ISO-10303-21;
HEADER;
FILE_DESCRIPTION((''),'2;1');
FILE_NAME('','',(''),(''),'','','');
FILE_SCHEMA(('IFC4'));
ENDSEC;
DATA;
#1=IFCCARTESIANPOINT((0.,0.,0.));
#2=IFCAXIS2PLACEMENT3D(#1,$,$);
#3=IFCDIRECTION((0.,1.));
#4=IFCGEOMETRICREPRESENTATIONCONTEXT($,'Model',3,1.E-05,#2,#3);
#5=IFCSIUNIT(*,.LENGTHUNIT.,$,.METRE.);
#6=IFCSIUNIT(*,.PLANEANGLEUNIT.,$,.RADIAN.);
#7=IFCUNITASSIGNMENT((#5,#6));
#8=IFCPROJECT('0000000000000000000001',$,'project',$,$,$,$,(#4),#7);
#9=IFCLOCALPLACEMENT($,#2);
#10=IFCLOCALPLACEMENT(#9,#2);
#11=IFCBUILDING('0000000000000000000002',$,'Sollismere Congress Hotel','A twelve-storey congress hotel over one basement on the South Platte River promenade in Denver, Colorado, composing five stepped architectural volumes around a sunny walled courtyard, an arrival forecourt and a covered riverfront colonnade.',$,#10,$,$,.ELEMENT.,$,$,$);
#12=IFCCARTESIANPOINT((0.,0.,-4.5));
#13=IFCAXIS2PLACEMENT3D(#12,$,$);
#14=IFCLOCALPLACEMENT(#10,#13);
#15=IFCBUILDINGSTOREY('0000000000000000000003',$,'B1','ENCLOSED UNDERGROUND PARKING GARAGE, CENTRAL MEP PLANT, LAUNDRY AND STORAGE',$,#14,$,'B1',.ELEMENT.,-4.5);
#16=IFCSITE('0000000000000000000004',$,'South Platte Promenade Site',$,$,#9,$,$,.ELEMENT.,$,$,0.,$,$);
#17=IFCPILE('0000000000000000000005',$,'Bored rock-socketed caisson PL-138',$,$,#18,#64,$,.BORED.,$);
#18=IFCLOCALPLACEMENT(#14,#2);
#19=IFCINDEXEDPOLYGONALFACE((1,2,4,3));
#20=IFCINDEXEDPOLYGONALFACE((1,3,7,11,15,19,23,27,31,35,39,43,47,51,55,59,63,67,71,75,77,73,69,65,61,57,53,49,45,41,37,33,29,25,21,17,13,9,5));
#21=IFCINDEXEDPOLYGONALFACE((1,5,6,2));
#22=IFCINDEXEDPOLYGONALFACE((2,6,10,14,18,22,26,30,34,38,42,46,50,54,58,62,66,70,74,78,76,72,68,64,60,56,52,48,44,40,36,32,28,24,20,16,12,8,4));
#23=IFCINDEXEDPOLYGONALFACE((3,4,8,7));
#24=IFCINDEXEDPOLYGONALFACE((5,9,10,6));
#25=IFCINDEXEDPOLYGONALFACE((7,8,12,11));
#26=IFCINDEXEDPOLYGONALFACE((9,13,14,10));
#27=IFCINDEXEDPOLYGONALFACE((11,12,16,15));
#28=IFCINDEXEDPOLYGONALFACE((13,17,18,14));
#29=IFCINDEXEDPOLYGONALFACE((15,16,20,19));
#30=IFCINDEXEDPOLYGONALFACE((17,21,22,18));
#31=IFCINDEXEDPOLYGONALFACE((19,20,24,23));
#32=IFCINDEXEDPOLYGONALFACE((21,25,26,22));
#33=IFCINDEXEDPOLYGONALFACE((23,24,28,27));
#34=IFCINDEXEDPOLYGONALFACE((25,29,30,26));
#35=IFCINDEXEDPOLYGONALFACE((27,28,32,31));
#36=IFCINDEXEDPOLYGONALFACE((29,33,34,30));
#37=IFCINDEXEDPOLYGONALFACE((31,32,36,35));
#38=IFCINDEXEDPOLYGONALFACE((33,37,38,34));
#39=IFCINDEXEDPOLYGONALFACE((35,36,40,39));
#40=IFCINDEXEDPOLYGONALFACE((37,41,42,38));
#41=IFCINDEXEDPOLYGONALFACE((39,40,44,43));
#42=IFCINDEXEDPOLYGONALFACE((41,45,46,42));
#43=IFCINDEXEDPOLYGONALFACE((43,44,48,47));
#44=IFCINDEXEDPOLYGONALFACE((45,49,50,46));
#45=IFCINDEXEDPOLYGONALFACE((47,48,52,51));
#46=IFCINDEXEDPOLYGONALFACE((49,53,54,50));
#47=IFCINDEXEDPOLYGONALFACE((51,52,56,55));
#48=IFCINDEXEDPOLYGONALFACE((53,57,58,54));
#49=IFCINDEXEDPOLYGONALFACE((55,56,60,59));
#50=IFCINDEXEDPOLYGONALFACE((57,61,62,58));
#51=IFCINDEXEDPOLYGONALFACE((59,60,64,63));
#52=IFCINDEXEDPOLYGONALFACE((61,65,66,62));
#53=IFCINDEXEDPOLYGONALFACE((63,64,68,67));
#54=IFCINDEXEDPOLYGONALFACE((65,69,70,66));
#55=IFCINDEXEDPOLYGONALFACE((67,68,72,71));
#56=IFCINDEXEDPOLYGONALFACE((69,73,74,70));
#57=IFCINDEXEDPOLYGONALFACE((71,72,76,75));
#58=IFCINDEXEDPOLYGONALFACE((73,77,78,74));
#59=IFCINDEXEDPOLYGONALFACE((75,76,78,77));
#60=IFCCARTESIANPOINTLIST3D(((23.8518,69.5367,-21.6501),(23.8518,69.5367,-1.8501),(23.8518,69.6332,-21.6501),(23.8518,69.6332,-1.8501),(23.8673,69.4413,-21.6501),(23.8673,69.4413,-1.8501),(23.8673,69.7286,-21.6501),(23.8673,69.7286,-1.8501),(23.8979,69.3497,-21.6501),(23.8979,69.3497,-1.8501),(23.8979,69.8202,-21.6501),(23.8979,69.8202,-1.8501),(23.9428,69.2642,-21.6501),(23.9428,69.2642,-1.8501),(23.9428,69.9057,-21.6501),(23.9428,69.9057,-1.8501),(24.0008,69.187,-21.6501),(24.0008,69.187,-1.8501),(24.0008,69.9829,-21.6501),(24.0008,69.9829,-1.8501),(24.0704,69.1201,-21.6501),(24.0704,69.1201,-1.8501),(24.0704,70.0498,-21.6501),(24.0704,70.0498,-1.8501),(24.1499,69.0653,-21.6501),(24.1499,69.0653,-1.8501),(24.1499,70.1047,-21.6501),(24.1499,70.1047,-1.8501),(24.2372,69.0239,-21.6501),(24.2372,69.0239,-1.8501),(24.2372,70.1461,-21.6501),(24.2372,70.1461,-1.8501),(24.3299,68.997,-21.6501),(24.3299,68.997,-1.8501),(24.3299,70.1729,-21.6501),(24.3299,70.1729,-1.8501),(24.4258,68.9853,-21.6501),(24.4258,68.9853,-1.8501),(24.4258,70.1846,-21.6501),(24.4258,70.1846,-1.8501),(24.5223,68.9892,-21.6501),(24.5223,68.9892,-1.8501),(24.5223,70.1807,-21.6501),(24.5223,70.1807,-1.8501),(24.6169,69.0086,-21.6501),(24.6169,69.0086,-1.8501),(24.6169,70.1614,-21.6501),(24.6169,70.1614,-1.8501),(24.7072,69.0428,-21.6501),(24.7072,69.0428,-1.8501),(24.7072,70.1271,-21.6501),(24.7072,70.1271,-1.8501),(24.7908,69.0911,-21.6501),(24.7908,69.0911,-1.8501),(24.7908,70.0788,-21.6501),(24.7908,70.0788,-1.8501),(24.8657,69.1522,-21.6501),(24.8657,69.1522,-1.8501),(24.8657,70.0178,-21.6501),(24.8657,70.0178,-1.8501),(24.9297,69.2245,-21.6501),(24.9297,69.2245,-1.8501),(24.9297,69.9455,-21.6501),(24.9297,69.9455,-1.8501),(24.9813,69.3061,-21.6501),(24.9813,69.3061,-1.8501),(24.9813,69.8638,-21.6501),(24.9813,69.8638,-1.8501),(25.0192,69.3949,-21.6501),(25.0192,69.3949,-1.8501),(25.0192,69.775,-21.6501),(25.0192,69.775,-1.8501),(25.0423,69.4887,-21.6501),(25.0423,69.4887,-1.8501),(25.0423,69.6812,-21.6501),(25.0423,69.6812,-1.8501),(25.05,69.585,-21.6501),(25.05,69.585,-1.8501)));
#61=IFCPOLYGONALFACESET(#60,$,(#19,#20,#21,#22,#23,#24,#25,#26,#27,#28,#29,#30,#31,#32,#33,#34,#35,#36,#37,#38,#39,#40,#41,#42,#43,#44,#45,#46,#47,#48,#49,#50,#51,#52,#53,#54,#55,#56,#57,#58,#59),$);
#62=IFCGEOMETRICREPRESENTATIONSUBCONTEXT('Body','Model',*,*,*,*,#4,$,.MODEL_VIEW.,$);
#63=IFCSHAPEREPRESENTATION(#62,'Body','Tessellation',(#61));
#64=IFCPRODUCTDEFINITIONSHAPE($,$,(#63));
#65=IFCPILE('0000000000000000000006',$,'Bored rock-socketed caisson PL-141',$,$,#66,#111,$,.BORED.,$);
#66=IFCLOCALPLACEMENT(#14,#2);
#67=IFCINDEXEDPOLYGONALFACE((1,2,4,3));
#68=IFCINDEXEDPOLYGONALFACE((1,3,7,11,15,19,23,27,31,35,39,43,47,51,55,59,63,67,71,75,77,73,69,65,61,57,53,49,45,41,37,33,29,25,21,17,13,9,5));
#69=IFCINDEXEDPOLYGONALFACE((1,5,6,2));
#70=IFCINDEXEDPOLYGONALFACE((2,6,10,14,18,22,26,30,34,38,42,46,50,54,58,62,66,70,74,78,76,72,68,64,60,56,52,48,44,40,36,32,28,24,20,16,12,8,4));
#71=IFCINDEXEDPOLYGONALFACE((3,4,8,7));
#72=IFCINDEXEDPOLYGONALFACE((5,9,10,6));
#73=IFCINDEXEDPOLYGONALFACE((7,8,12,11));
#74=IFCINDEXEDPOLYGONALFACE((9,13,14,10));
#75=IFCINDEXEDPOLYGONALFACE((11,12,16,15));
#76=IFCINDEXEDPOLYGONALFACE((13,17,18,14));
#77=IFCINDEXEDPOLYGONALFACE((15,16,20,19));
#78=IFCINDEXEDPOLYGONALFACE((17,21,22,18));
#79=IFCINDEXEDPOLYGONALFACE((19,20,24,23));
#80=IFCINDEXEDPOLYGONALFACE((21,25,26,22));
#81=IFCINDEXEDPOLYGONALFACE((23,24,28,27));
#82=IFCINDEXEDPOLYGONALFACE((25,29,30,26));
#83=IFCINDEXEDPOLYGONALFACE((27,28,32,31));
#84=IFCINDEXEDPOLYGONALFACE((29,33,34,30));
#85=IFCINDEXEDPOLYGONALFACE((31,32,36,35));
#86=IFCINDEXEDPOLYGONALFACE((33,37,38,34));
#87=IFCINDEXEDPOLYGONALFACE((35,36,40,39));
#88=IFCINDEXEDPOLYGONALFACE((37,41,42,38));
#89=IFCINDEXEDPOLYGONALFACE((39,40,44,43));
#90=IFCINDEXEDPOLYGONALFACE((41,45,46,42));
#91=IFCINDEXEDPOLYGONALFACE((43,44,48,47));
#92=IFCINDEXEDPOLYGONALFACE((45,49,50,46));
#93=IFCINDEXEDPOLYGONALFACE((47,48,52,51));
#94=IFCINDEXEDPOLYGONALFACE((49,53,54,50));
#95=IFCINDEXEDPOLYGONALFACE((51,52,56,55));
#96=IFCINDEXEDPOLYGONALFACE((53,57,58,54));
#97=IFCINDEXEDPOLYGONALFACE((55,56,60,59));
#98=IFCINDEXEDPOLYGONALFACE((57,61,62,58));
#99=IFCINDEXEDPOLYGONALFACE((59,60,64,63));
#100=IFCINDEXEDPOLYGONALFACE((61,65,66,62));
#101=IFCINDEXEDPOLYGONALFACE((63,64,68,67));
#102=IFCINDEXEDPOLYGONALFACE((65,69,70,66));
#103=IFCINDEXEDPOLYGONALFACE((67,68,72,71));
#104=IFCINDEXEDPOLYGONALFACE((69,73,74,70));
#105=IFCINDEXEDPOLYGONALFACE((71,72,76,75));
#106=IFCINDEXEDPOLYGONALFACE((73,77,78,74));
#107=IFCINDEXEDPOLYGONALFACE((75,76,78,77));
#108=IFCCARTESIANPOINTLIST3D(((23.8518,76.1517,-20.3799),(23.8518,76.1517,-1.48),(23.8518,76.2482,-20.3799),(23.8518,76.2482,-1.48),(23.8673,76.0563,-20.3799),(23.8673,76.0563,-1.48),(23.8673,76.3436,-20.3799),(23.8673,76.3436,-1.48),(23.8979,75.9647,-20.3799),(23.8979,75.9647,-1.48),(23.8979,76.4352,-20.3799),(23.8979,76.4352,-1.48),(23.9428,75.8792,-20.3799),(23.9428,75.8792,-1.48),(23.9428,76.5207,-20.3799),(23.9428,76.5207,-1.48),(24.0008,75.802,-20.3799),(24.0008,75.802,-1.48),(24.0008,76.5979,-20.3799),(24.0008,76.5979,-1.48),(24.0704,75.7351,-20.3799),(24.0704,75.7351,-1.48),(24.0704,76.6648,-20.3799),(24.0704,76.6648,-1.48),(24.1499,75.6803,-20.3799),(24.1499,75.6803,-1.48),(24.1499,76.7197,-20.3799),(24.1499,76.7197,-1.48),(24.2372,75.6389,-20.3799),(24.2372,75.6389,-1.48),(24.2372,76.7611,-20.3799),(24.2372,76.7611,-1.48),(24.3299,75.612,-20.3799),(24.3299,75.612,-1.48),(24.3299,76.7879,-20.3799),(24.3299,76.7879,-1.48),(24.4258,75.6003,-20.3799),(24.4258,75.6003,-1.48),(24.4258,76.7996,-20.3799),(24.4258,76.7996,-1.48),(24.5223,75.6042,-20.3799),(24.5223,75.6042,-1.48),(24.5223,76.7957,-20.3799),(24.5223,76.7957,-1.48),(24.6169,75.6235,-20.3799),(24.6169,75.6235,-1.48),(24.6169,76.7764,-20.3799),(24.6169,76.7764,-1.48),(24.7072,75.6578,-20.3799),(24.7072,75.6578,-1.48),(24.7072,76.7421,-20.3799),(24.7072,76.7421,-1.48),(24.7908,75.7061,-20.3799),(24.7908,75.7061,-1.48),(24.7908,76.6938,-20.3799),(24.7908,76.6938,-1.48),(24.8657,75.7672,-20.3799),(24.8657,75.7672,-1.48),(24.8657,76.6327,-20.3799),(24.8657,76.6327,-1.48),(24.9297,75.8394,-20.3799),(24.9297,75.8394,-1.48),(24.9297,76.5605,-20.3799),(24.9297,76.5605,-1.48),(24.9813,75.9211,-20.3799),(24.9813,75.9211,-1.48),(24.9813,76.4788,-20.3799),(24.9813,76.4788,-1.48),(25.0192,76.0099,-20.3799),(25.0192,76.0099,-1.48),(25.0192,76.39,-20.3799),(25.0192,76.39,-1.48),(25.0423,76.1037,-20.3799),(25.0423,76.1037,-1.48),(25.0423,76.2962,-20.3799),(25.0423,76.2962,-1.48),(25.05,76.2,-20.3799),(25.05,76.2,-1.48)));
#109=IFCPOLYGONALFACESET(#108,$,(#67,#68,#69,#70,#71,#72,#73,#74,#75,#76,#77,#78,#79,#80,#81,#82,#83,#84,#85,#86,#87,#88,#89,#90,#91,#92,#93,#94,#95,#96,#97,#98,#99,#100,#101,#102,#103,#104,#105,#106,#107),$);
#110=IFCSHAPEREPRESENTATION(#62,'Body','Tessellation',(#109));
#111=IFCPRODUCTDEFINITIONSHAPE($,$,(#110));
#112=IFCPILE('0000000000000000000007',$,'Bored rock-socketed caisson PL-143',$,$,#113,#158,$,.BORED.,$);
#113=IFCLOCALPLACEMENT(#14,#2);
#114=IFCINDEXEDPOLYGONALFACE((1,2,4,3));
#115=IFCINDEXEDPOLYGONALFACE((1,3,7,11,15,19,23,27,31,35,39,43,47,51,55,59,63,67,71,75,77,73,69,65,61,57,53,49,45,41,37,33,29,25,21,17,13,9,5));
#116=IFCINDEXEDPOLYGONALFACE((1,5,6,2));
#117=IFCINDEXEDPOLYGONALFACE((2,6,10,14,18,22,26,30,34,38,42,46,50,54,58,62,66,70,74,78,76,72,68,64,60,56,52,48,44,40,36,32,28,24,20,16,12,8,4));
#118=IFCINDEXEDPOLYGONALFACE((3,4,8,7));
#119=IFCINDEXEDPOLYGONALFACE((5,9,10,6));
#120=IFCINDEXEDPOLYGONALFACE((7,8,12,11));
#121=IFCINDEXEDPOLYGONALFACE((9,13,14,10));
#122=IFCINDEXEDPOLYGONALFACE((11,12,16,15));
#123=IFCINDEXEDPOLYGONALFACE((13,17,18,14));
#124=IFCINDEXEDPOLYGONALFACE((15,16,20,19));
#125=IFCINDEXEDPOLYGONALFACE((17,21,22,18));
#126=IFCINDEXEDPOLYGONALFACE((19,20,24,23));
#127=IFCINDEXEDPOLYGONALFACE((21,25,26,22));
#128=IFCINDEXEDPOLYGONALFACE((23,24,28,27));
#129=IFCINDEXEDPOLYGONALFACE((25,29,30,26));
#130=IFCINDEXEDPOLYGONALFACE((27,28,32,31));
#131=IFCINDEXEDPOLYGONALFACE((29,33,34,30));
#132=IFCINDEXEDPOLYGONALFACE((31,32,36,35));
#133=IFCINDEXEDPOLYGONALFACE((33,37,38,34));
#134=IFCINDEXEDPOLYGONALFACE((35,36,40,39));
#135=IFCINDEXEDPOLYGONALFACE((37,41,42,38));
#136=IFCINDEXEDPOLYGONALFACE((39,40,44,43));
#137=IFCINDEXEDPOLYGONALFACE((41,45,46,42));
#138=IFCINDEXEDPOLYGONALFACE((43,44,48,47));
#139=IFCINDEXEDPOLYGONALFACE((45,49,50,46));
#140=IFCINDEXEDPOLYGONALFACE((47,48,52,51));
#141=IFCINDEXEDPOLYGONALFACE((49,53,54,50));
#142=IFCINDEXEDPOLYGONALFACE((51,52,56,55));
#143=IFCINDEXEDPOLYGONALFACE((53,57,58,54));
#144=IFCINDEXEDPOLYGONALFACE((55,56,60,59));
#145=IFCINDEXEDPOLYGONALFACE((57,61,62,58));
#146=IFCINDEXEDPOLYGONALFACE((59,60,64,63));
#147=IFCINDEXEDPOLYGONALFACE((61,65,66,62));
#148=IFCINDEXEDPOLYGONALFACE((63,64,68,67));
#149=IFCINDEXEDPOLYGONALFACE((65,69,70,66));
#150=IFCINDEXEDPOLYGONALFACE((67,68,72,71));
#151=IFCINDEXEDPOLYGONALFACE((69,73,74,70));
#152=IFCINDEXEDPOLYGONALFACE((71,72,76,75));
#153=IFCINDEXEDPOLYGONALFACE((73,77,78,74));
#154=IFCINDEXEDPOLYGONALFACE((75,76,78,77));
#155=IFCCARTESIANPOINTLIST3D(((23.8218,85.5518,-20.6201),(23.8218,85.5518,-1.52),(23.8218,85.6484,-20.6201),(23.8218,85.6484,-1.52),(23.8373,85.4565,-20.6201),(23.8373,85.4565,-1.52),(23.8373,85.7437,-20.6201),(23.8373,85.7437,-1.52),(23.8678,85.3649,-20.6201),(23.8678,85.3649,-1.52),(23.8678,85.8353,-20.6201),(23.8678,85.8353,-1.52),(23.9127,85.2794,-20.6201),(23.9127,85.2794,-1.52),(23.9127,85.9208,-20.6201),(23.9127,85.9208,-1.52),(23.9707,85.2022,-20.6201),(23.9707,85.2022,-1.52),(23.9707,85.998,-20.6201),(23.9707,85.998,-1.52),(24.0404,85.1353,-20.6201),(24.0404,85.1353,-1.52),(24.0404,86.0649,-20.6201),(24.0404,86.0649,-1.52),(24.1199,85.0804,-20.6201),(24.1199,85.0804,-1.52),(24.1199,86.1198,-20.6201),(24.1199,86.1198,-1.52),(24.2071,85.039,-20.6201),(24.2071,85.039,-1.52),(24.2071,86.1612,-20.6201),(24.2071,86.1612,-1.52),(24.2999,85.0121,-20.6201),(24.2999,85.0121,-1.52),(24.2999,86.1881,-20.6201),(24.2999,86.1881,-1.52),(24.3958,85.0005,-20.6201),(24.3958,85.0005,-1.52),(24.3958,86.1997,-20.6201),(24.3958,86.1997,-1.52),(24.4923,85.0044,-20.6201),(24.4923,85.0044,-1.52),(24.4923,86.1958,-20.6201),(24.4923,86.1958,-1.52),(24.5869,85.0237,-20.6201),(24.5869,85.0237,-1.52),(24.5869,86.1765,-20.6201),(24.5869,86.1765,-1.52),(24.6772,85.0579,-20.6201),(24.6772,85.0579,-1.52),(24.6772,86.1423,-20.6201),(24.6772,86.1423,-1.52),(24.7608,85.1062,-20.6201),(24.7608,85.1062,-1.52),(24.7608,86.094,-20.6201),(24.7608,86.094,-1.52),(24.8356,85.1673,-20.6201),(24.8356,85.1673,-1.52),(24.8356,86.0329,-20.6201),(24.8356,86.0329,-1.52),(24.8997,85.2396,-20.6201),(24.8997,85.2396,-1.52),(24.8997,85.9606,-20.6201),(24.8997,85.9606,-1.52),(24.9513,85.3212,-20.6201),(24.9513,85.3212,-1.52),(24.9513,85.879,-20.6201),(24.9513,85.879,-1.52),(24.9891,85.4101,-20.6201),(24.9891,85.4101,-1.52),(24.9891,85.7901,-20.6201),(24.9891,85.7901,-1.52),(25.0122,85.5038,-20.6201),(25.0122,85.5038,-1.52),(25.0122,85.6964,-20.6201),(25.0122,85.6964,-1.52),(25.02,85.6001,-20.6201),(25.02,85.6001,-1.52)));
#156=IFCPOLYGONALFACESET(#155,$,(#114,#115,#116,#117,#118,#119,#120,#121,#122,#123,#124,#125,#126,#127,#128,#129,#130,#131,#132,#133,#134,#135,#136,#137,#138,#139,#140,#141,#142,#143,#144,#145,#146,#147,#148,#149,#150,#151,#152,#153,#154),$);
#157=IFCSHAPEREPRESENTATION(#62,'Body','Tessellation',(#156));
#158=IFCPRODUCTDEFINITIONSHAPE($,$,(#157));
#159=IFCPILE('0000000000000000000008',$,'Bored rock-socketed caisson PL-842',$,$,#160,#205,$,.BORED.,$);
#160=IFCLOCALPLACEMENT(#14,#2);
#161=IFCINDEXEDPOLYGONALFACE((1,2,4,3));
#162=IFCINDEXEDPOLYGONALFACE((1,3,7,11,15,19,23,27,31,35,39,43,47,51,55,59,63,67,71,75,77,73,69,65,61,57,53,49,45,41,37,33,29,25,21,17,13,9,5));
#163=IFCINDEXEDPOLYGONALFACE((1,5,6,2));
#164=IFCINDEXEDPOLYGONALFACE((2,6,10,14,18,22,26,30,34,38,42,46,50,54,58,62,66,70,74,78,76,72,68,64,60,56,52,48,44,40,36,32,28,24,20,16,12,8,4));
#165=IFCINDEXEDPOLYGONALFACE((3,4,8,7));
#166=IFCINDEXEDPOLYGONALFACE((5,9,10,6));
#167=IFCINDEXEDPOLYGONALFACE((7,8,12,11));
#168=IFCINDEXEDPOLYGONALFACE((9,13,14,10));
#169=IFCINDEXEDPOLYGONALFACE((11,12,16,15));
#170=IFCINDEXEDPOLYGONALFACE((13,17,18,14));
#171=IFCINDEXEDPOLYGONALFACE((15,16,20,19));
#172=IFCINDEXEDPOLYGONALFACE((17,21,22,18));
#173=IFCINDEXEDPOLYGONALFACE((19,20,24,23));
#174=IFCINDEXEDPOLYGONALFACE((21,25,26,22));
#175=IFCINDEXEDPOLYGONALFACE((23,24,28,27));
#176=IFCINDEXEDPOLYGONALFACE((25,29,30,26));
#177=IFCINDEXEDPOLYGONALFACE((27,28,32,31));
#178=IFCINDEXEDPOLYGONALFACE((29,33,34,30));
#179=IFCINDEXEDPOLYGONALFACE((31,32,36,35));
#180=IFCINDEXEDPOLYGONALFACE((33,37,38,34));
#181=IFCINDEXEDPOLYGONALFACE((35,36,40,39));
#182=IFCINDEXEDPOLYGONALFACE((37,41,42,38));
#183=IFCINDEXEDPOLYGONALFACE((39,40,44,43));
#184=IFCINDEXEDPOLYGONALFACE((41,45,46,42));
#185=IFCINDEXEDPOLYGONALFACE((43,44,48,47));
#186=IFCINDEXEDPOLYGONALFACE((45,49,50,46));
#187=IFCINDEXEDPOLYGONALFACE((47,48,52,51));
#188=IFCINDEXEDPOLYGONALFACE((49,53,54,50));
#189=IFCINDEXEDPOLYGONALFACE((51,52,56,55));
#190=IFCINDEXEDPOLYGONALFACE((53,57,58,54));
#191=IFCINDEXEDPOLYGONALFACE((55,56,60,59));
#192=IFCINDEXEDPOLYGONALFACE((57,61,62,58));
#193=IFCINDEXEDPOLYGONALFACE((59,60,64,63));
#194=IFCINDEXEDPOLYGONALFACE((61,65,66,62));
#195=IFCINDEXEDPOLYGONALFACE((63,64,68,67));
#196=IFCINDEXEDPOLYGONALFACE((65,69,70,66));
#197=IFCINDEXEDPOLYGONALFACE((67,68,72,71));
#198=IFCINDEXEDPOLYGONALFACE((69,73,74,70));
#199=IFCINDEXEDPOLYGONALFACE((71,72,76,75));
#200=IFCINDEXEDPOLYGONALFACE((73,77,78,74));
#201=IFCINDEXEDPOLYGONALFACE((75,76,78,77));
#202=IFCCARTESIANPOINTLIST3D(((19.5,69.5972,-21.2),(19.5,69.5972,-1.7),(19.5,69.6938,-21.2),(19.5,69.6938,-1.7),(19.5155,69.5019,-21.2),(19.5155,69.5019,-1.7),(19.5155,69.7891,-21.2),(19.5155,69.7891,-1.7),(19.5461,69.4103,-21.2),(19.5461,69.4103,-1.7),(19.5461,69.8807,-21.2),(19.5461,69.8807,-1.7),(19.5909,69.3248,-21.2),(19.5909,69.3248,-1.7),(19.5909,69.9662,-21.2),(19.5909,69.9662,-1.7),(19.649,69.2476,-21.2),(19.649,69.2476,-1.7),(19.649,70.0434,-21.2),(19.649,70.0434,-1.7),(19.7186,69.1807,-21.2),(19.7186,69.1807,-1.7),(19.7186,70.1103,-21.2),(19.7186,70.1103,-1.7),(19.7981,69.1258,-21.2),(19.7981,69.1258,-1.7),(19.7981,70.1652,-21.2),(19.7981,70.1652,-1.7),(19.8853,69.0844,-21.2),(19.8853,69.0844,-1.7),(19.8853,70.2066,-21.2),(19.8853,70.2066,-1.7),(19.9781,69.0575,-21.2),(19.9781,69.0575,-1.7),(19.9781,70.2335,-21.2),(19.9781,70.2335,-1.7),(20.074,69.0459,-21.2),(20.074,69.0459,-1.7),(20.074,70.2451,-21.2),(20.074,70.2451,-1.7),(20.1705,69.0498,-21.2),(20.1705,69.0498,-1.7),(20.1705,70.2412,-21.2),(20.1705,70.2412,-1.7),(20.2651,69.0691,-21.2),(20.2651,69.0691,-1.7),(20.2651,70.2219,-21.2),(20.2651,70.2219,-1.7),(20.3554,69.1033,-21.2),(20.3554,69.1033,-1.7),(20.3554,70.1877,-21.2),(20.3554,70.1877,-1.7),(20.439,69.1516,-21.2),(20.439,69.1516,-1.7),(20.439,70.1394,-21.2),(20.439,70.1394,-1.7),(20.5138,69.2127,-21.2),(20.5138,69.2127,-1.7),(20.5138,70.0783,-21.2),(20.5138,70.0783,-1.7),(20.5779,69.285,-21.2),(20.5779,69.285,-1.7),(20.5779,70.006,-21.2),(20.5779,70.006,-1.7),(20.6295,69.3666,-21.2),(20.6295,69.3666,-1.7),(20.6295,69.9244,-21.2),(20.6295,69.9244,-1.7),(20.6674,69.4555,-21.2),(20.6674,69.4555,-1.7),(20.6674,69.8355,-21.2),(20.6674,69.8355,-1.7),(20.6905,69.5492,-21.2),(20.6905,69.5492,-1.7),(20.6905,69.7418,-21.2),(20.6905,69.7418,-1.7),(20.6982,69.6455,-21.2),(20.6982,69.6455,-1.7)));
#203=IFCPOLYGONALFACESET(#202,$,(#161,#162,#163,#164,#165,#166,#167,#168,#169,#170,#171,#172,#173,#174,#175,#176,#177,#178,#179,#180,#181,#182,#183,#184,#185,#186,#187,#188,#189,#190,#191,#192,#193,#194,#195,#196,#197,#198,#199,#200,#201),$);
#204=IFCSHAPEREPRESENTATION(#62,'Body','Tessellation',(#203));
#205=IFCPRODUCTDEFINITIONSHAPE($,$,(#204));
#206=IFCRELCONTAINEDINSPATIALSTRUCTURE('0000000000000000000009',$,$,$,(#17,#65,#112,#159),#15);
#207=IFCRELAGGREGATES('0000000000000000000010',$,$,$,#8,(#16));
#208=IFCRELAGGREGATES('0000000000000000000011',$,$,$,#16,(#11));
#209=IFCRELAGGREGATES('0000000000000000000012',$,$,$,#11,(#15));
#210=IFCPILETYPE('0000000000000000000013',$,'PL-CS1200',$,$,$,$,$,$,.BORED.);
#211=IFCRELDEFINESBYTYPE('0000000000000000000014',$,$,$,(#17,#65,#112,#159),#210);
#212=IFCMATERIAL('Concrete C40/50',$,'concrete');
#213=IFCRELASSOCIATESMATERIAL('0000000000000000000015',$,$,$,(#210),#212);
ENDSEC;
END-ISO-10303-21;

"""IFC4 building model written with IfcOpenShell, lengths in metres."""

from ifc_helpers import new_model, si_unit, direction, frame, origin, origin_2d, place, context, subcontext, project, spatial, circle, extrude, material, material_profile, profile_set, type_object, element, save


model = new_model("IFC4")

# Units and contexts
model_context = context("Model", 3, precision=1e-05, world=origin(), true_north=direction((0.0, 1.0)))
body_context = subcontext(model_context, "Body", "Model", "MODEL_VIEW")
ifc_project = project(units=[si_unit("LENGTHUNIT", "METRE"), si_unit("PLANEANGLEUNIT", "RADIAN")], contexts=[model_context])

# Site, building, storey
site_placement = place(None, origin())
site = spatial("IfcSite", under=ifc_project, at=site_placement, Name="South Platte Promenade Site", CompositionType="ELEMENT", RefElevation=0.0)
building_placement = place(site_placement, origin())
building = spatial("IfcBuilding", under=site, at=building_placement, Name="Sollismere Congress Hotel", Description="A twelve-storey congress hotel over one basement on the South Platte River promenade in Denver, Colorado, composing five stepped architectural volumes around a sunny walled courtyard, an arrival forecourt and a covered riverfront colonnade.", CompositionType="ELEMENT")
storey_placement = place(building_placement, frame((0.0, 0.0, -4.5)))
storey = spatial("IfcBuildingStorey", under=building, at=storey_placement, Name="B1", Description="ENCLOSED UNDERGROUND PARKING GARAGE, CENTRAL MEP PLANT, LAUNDRY AND STORAGE", LongName="B1", CompositionType="ELEMENT", Elevation=-4.5)

# Shared definitions
ifc_material_1 = material(Name="Concrete C40/50", Category="concrete")

# Piles
ifc_material_profile_1 = material_profile(ifc_material_1, circle(Radius=0.6001, at=origin_2d()), Name="CAISSON1200")
ifc_profile_set_1 = profile_set([ifc_material_profile_1], Name="Concrete C40/50")
pile_type = type_object("IfcPileType", Name="PL-CS1200", PredefinedType="BORED", material=ifc_profile_set_1)
pile_1_placement = place(storey_placement, frame((24.45, 69.585, -1.8501), z_axis=(0.0, 0.0, -1.0), x_axis=(1.0, 0.0, 0.0)))
element("IfcPile", 1, at=pile_1_placement, inside=storey, type_object=pile_type, Name="Bored rock-socketed caisson PL-138", PredefinedType="BORED", context=body_context, shape_type="SweptSolid", body=[
    extrude(circle(Radius=0.6001, at=origin_2d()), origin(), (0.0, 0.0, 1.0), 19.8),
])
pile_2_placement = place(storey_placement, frame((24.45, 76.2, -1.48), z_axis=(0.0, 0.0, -1.0), x_axis=(1.0, 0.0, 0.0)))
element("IfcPile", 2, at=pile_2_placement, inside=storey, type_object=pile_type, Name="Bored rock-socketed caisson PL-141", PredefinedType="BORED", context=body_context, shape_type="SweptSolid", body=[
    extrude(circle(Radius=0.6001, at=origin_2d()), origin(), (0.0, 0.0, 1.0), 18.8999),
])
pile_3_placement = place(storey_placement, frame((24.4199, 85.6001, -1.52), z_axis=(0.0, 0.0, -1.0), x_axis=(1.0, 0.0, 0.0)))
element("IfcPile", 3, at=pile_3_placement, inside=storey, type_object=pile_type, Name="Bored rock-socketed caisson PL-143", PredefinedType="BORED", context=body_context, shape_type="SweptSolid", body=[
    extrude(circle(Radius=0.6001, at=origin_2d()), origin(), (0.0, 0.0, 1.0), 19.1001),
])
pile_4_placement = place(storey_placement, frame((20.0981, 69.6455, -1.7), z_axis=(0.0, 0.0, -1.0), x_axis=(1.0, 0.0, 0.0)))
element("IfcPile", 4, at=pile_4_placement, inside=storey, type_object=pile_type, Name="Bored rock-socketed caisson PL-842", PredefinedType="BORED", context=body_context, shape_type="SweptSolid", body=[
    extrude(circle(Radius=0.6001, at=origin_2d()), origin(), (0.0, 0.0, 1.0), 19.5),
])

save(model, "model.ifc")
